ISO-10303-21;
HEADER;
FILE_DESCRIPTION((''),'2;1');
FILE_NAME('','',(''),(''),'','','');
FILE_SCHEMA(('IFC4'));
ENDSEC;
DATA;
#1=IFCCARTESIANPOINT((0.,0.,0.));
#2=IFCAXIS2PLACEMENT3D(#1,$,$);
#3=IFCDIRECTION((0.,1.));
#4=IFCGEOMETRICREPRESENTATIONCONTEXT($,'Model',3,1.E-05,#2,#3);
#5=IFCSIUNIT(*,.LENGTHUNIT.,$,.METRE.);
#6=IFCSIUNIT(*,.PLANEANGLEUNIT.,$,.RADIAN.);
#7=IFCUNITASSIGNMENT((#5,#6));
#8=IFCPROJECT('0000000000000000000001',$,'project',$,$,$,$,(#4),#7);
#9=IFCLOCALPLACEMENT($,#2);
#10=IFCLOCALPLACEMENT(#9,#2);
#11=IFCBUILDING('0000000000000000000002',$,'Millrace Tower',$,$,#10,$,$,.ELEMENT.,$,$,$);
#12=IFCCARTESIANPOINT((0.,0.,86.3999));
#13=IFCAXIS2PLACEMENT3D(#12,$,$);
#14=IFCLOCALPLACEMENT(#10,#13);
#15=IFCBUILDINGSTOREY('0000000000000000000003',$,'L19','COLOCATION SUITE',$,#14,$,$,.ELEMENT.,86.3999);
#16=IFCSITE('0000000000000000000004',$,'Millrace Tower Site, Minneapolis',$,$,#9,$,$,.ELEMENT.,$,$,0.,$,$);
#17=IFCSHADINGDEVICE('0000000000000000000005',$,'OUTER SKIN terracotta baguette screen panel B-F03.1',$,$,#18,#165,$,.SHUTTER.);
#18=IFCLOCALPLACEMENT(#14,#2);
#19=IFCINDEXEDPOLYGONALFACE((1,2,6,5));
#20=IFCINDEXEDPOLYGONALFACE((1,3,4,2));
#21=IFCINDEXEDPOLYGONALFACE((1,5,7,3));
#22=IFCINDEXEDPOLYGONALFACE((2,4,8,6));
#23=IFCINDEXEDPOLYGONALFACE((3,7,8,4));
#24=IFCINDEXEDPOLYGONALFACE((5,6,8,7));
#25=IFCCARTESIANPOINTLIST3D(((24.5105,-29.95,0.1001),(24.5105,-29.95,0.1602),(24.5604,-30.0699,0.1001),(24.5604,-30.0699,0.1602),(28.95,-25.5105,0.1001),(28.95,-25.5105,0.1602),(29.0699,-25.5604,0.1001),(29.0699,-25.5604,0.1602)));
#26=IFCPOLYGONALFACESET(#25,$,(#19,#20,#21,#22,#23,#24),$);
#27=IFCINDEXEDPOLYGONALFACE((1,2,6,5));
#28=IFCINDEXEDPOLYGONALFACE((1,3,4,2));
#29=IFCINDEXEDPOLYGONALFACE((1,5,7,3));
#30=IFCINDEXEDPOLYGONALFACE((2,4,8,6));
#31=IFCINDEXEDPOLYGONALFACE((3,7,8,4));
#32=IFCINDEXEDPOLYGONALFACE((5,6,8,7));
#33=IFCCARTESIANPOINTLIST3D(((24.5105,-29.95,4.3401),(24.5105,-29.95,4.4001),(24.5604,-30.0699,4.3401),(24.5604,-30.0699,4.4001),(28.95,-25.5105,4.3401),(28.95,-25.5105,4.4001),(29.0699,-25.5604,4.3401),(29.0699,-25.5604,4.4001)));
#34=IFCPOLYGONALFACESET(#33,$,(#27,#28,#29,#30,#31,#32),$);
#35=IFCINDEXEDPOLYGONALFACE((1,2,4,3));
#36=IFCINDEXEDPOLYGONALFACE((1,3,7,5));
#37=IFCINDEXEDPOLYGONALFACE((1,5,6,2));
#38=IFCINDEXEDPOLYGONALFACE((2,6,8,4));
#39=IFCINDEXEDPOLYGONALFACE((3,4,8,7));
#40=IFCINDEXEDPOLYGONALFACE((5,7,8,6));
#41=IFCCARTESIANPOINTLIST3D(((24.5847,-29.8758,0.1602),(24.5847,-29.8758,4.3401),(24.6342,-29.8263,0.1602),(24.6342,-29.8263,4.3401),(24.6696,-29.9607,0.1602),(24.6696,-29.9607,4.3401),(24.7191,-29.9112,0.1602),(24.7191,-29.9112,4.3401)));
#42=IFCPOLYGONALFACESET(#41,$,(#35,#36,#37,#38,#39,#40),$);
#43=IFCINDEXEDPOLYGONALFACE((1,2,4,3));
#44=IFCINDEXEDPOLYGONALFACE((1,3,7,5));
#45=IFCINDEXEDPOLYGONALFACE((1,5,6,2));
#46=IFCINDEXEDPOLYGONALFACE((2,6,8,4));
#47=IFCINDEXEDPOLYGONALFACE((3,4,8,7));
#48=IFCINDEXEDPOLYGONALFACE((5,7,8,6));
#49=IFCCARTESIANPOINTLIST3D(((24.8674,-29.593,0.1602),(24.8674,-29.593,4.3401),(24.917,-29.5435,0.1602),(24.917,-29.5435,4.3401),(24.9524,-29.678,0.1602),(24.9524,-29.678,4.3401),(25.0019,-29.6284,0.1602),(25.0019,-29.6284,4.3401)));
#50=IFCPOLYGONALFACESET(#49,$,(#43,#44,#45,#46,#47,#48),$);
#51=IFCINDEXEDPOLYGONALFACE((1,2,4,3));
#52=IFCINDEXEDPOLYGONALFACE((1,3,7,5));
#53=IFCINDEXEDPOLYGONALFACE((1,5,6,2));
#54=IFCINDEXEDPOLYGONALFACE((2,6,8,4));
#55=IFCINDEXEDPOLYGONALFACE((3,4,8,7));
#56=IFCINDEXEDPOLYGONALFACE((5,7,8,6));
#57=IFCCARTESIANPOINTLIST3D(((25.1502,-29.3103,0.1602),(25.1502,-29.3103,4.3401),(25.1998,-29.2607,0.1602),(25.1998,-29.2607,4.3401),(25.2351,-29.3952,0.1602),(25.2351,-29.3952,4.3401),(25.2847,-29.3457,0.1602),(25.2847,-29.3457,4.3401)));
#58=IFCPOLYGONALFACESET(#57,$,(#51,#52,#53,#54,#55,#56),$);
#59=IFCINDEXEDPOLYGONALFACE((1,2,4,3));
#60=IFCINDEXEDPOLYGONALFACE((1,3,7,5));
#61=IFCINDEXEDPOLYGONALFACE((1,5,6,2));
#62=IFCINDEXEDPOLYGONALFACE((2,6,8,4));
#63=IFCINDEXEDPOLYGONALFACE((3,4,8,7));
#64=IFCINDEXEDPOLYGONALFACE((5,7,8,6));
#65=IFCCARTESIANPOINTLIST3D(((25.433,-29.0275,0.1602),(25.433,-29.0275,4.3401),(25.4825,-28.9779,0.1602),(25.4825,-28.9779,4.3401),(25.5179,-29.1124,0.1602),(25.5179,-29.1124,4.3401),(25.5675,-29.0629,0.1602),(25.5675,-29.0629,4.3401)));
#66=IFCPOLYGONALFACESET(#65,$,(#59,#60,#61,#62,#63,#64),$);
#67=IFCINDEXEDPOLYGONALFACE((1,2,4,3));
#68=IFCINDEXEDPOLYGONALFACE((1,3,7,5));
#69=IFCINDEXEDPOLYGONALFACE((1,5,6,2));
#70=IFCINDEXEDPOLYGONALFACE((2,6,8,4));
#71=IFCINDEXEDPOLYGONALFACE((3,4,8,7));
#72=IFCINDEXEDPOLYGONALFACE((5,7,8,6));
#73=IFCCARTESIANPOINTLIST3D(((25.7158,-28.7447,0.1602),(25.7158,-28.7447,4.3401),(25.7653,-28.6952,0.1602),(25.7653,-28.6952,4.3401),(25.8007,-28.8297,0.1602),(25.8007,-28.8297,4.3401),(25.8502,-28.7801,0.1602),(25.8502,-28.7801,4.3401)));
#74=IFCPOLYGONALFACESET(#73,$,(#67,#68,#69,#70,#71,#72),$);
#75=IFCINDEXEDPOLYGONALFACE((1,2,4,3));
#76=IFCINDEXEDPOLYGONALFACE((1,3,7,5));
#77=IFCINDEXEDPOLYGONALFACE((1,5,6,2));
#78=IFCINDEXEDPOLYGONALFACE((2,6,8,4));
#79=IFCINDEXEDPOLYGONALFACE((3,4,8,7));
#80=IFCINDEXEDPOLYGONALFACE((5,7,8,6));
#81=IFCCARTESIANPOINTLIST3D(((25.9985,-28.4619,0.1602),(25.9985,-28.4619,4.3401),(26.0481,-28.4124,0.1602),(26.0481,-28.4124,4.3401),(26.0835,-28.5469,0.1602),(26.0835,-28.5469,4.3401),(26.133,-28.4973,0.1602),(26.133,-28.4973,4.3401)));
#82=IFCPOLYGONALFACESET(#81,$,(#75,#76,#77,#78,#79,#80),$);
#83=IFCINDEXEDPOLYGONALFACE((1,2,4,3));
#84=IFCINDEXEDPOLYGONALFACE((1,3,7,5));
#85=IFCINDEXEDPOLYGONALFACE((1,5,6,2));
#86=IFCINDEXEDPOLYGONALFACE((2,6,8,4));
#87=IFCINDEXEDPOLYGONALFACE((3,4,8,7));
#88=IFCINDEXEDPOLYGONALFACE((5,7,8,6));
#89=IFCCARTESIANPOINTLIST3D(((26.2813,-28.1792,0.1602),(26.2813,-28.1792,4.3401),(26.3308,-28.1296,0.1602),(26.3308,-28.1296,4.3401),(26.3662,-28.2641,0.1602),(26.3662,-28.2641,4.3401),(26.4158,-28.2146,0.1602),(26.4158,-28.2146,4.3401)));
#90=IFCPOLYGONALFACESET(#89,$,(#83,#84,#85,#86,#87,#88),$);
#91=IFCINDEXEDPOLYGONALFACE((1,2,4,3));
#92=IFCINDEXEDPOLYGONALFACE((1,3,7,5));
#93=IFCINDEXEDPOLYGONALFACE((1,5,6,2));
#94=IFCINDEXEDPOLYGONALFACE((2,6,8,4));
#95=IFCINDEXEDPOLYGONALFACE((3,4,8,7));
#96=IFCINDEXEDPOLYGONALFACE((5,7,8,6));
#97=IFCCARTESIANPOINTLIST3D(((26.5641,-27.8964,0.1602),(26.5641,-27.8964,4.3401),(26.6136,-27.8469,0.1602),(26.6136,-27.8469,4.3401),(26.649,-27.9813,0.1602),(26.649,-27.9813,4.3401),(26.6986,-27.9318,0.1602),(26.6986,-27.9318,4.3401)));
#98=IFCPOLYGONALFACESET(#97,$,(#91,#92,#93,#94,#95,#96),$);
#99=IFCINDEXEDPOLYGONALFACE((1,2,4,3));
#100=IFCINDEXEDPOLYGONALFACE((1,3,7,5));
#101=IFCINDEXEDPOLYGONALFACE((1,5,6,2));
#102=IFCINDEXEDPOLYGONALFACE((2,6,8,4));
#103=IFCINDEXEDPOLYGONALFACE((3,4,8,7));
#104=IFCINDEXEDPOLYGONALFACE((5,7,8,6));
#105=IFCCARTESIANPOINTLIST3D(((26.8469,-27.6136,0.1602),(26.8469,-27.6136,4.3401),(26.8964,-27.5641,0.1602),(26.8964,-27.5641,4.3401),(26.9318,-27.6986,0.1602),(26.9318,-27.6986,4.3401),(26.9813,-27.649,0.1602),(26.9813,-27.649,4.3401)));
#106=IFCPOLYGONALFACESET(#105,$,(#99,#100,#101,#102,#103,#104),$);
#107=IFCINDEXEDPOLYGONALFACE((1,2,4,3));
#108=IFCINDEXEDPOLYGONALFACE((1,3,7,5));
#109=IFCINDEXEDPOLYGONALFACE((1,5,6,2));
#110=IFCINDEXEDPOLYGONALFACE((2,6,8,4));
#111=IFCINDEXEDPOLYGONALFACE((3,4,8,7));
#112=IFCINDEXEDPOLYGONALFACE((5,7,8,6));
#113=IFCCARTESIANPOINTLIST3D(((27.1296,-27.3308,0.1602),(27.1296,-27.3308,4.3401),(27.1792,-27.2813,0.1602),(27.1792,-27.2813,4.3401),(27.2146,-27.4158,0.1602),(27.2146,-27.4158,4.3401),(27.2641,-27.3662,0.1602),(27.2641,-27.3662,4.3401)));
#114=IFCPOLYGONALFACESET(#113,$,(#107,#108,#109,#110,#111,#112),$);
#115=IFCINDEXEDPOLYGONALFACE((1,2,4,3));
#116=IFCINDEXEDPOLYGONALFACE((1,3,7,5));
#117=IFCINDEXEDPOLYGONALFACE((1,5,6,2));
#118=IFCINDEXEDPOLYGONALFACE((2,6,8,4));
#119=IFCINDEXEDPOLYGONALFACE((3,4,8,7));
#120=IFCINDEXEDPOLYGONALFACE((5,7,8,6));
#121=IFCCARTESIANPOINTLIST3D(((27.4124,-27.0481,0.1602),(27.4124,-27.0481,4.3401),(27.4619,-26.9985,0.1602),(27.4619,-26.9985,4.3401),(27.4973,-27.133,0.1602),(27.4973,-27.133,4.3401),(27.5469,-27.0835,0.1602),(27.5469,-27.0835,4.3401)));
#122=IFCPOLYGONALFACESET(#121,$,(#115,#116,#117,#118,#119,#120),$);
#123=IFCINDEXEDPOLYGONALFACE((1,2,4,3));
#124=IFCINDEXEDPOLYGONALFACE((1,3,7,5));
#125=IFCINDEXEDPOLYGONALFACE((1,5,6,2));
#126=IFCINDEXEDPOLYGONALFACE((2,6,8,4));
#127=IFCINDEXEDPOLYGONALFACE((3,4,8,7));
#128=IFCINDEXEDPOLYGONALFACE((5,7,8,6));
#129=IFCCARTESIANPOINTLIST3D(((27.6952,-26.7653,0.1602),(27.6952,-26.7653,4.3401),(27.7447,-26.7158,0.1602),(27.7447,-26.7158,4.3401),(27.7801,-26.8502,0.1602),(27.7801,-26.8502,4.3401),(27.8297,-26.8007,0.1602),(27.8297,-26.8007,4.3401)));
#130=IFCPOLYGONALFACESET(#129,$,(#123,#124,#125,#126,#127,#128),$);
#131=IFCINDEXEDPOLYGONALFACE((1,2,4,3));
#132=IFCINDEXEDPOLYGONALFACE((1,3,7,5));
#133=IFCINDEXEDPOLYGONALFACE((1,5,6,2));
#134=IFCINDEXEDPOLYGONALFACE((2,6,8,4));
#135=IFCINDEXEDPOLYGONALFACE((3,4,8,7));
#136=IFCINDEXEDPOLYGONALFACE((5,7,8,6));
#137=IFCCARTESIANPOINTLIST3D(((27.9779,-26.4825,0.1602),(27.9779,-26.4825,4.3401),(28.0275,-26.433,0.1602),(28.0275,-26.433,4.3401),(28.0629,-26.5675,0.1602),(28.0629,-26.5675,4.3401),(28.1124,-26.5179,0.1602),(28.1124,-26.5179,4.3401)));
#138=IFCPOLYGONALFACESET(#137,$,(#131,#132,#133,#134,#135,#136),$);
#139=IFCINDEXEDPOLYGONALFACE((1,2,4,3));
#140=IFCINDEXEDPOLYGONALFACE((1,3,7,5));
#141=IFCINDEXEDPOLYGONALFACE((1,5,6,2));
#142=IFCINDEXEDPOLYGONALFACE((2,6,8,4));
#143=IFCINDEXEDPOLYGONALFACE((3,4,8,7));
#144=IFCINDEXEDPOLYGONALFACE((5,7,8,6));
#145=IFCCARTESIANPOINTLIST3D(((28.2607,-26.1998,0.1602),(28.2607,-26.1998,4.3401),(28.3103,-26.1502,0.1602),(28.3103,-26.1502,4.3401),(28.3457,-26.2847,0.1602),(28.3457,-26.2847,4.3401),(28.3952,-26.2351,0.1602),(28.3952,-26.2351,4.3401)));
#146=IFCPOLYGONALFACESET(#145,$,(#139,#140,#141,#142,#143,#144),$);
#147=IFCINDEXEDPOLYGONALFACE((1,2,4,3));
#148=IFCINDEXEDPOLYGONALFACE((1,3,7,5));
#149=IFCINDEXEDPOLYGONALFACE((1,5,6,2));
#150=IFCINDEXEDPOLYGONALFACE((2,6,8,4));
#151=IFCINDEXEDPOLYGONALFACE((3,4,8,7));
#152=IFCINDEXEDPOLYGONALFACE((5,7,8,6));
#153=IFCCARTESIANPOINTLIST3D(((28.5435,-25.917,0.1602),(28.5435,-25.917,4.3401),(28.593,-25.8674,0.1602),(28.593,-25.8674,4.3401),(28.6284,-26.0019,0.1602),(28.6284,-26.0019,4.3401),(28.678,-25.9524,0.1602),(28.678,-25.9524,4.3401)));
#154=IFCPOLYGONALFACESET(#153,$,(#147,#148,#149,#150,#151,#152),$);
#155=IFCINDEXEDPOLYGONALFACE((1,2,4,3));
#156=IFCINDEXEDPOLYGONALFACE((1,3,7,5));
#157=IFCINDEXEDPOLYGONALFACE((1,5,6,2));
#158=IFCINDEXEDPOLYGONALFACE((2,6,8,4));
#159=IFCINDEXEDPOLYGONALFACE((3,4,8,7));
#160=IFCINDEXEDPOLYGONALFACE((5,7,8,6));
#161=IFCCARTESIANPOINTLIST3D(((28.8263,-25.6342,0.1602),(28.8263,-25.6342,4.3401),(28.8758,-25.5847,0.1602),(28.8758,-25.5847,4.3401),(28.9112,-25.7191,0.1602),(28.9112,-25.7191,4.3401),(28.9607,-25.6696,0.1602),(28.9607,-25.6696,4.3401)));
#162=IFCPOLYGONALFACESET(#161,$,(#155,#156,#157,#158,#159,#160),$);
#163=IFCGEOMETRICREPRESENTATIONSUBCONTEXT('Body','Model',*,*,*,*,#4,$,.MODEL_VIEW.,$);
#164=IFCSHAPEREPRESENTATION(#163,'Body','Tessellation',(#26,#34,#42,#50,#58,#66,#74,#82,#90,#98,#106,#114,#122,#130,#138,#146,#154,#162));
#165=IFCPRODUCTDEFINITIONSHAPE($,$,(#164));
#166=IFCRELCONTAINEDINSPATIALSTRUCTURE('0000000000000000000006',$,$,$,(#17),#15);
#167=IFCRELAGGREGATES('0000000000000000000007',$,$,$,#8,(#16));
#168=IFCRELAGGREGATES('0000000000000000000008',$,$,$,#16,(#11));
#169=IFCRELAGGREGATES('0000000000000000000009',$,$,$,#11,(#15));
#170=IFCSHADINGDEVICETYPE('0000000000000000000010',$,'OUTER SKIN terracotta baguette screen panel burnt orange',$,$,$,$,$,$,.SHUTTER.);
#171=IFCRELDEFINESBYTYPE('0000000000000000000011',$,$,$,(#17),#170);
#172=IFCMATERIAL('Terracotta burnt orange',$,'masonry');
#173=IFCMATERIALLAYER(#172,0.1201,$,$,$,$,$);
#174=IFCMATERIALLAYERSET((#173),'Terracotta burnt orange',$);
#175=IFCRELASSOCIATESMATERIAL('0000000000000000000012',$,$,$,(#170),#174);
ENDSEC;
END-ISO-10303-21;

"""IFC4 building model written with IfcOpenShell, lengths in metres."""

from ifc_helpers import new_model, entity, si_unit, direction, frame, frame_2d, origin, place, context, subcontext, project, spatial, rectangle, extrude, source, transform, mapped, material, layer, layer_set, type_object, element, save


model = new_model("IFC4")

# Units and contexts
model_context = context("Model", 3, precision=1e-05, world=origin(), true_north=direction((0.0, 1.0)))
body_context = subcontext(model_context, "Body", "Model", "MODEL_VIEW")
ifc_project = project(units=[si_unit("LENGTHUNIT", "METRE"), si_unit("PLANEANGLEUNIT", "RADIAN")], contexts=[model_context])

# Site, building, storey
site_placement = place(None, origin())
site = spatial("IfcSite", under=ifc_project, at=site_placement, Name="Millrace Tower Site, Minneapolis", CompositionType="ELEMENT", RefElevation=0.0)
building_placement = place(site_placement, origin())
building = spatial("IfcBuilding", under=site, at=building_placement, Name="Millrace Tower", CompositionType="ELEMENT")
storey_placement = place(building_placement, frame((0.0, 0.0, 86.3999)))
storey = spatial("IfcBuildingStorey", under=building, at=storey_placement, Name="L19", Description="COLOCATION SUITE", CompositionType="ELEMENT", Elevation=86.3999)

# Shading device
ifc_material_1 = material(Name="Terracotta burnt orange", Category="masonry")
ifc_layer_1 = layer(ifc_material_1, 0.1201)
ifc_layer_set_1 = layer_set([ifc_layer_1], Name="Terracotta burnt orange")
shading_device_type = type_object("IfcShadingDeviceType", Name="OUTER SKIN terracotta baguette screen panel burnt orange", PredefinedType="SHUTTER", material=ifc_layer_set_1)
cartesian_point_1 = entity("IfcCartesianPoint", [-3.1392, 0.0601])
shared_polyline_1 = entity("IfcPolyline", [cartesian_point_1, entity("IfcCartesianPoint", [3.1392, 0.0601]), entity("IfcCartesianPoint", [3.1887, -0.0601]), entity("IfcCartesianPoint", [-3.1887, -0.0601]), cartesian_point_1])
shared_shape_1 = source(origin(), body_context, "Body", "SweptSolid", [
    entity("IfcExtrudedAreaSolid", entity("IfcArbitraryClosedProfileDef", "AREA", None, shared_polyline_1), entity("IfcAxis2Placement3D", entity("IfcCartesianPoint", [0.0, 0.0, 0.0])), entity("IfcDirection", [0.0, 0.0, 1.0]), 0.0601),
    entity("IfcExtrudedAreaSolid", entity("IfcArbitraryClosedProfileDef", "AREA", None, shared_polyline_1), entity("IfcAxis2Placement3D", entity("IfcCartesianPoint", [0.0, 0.0, 4.24])), entity("IfcDirection", [0.0, 0.0, 1.0]), 0.0601),
    extrude(rectangle(XDim=0.0701, YDim=0.1201, at=frame_2d((-2.9993, 0.0))), frame((0.0, 0.0, 0.0601)), (0.0, 0.0, 1.0), 4.1799),
    extrude(rectangle(XDim=0.0701, YDim=0.1201, at=frame_2d((-2.5994, 0.0))), frame((0.0, 0.0, 0.0601)), (0.0, 0.0, 1.0), 4.1799),
    extrude(rectangle(XDim=0.0701, YDim=0.1201, at=frame_2d((-2.1995, 0.0))), frame((0.0, 0.0, 0.0601)), (0.0, 0.0, 1.0), 4.1799),
    extrude(rectangle(XDim=0.0701, YDim=0.1201, at=frame_2d((-1.7996, 0.0))), frame((0.0, 0.0, 0.0601)), (0.0, 0.0, 1.0), 4.1799),
    extrude(rectangle(XDim=0.0701, YDim=0.1201, at=frame_2d((-1.3997, 0.0))), frame((0.0, 0.0, 0.0601)), (0.0, 0.0, 1.0), 4.1799),
    extrude(rectangle(XDim=0.0701, YDim=0.1201, at=frame_2d((-0.9998, 0.0))), frame((0.0, 0.0, 0.0601)), (0.0, 0.0, 1.0), 4.1799),
    extrude(rectangle(XDim=0.0701, YDim=0.1201, at=frame_2d((-0.5999, 0.0))), frame((0.0, 0.0, 0.0601)), (0.0, 0.0, 1.0), 4.1799),
    extrude(rectangle(XDim=0.0701, YDim=0.1201, at=frame_2d((-0.2, 0.0))), frame((0.0, 0.0, 0.0601)), (0.0, 0.0, 1.0), 4.1799),
    extrude(rectangle(XDim=0.0701, YDim=0.1201, at=frame_2d((0.2, 0.0))), frame((0.0, 0.0, 0.0601)), (0.0, 0.0, 1.0), 4.1799),
    extrude(rectangle(XDim=0.0701, YDim=0.1201, at=frame_2d((0.5999, 0.0))), frame((0.0, 0.0, 0.0601)), (0.0, 0.0, 1.0), 4.1799),
    extrude(rectangle(XDim=0.0701, YDim=0.1201, at=frame_2d((0.9998, 0.0))), frame((0.0, 0.0, 0.0601)), (0.0, 0.0, 1.0), 4.1799),
    extrude(rectangle(XDim=0.0701, YDim=0.1201, at=frame_2d((1.3997, 0.0))), frame((0.0, 0.0, 0.0601)), (0.0, 0.0, 1.0), 4.1799),
    extrude(rectangle(XDim=0.0701, YDim=0.1201, at=frame_2d((1.7996, 0.0))), frame((0.0, 0.0, 0.0601)), (0.0, 0.0, 1.0), 4.1799),
    extrude(rectangle(XDim=0.0701, YDim=0.1201, at=frame_2d((2.1995, 0.0))), frame((0.0, 0.0, 0.0601)), (0.0, 0.0, 1.0), 4.1799),
    extrude(rectangle(XDim=0.0701, YDim=0.1201, at=frame_2d((2.5994, 0.0))), frame((0.0, 0.0, 0.0601)), (0.0, 0.0, 1.0), 4.1799),
    extrude(rectangle(XDim=0.0701, YDim=0.1201, at=frame_2d((2.9993, 0.0))), frame((0.0, 0.0, 0.0601)), (0.0, 0.0, 1.0), 4.1799),
])
shading_device_1_placement = place(storey_placement, frame((26.7727, -27.7727, 0.1001), z_axis=(0.0, 0.0, 1.0), x_axis=(0.707107, 0.707107, 0.0)))
element("IfcShadingDevice", 1, at=shading_device_1_placement, inside=storey, type_object=shading_device_type, Name="OUTER SKIN terracotta baguette screen panel B-F03.1", PredefinedType="SHUTTER", context=body_context, shape_type="MappedRepresentation", body=[
    mapped(shared_shape_1, transform((0.0, 0.0, 0.0), scale=1.0)),
])

save(model, "model.ifc")
